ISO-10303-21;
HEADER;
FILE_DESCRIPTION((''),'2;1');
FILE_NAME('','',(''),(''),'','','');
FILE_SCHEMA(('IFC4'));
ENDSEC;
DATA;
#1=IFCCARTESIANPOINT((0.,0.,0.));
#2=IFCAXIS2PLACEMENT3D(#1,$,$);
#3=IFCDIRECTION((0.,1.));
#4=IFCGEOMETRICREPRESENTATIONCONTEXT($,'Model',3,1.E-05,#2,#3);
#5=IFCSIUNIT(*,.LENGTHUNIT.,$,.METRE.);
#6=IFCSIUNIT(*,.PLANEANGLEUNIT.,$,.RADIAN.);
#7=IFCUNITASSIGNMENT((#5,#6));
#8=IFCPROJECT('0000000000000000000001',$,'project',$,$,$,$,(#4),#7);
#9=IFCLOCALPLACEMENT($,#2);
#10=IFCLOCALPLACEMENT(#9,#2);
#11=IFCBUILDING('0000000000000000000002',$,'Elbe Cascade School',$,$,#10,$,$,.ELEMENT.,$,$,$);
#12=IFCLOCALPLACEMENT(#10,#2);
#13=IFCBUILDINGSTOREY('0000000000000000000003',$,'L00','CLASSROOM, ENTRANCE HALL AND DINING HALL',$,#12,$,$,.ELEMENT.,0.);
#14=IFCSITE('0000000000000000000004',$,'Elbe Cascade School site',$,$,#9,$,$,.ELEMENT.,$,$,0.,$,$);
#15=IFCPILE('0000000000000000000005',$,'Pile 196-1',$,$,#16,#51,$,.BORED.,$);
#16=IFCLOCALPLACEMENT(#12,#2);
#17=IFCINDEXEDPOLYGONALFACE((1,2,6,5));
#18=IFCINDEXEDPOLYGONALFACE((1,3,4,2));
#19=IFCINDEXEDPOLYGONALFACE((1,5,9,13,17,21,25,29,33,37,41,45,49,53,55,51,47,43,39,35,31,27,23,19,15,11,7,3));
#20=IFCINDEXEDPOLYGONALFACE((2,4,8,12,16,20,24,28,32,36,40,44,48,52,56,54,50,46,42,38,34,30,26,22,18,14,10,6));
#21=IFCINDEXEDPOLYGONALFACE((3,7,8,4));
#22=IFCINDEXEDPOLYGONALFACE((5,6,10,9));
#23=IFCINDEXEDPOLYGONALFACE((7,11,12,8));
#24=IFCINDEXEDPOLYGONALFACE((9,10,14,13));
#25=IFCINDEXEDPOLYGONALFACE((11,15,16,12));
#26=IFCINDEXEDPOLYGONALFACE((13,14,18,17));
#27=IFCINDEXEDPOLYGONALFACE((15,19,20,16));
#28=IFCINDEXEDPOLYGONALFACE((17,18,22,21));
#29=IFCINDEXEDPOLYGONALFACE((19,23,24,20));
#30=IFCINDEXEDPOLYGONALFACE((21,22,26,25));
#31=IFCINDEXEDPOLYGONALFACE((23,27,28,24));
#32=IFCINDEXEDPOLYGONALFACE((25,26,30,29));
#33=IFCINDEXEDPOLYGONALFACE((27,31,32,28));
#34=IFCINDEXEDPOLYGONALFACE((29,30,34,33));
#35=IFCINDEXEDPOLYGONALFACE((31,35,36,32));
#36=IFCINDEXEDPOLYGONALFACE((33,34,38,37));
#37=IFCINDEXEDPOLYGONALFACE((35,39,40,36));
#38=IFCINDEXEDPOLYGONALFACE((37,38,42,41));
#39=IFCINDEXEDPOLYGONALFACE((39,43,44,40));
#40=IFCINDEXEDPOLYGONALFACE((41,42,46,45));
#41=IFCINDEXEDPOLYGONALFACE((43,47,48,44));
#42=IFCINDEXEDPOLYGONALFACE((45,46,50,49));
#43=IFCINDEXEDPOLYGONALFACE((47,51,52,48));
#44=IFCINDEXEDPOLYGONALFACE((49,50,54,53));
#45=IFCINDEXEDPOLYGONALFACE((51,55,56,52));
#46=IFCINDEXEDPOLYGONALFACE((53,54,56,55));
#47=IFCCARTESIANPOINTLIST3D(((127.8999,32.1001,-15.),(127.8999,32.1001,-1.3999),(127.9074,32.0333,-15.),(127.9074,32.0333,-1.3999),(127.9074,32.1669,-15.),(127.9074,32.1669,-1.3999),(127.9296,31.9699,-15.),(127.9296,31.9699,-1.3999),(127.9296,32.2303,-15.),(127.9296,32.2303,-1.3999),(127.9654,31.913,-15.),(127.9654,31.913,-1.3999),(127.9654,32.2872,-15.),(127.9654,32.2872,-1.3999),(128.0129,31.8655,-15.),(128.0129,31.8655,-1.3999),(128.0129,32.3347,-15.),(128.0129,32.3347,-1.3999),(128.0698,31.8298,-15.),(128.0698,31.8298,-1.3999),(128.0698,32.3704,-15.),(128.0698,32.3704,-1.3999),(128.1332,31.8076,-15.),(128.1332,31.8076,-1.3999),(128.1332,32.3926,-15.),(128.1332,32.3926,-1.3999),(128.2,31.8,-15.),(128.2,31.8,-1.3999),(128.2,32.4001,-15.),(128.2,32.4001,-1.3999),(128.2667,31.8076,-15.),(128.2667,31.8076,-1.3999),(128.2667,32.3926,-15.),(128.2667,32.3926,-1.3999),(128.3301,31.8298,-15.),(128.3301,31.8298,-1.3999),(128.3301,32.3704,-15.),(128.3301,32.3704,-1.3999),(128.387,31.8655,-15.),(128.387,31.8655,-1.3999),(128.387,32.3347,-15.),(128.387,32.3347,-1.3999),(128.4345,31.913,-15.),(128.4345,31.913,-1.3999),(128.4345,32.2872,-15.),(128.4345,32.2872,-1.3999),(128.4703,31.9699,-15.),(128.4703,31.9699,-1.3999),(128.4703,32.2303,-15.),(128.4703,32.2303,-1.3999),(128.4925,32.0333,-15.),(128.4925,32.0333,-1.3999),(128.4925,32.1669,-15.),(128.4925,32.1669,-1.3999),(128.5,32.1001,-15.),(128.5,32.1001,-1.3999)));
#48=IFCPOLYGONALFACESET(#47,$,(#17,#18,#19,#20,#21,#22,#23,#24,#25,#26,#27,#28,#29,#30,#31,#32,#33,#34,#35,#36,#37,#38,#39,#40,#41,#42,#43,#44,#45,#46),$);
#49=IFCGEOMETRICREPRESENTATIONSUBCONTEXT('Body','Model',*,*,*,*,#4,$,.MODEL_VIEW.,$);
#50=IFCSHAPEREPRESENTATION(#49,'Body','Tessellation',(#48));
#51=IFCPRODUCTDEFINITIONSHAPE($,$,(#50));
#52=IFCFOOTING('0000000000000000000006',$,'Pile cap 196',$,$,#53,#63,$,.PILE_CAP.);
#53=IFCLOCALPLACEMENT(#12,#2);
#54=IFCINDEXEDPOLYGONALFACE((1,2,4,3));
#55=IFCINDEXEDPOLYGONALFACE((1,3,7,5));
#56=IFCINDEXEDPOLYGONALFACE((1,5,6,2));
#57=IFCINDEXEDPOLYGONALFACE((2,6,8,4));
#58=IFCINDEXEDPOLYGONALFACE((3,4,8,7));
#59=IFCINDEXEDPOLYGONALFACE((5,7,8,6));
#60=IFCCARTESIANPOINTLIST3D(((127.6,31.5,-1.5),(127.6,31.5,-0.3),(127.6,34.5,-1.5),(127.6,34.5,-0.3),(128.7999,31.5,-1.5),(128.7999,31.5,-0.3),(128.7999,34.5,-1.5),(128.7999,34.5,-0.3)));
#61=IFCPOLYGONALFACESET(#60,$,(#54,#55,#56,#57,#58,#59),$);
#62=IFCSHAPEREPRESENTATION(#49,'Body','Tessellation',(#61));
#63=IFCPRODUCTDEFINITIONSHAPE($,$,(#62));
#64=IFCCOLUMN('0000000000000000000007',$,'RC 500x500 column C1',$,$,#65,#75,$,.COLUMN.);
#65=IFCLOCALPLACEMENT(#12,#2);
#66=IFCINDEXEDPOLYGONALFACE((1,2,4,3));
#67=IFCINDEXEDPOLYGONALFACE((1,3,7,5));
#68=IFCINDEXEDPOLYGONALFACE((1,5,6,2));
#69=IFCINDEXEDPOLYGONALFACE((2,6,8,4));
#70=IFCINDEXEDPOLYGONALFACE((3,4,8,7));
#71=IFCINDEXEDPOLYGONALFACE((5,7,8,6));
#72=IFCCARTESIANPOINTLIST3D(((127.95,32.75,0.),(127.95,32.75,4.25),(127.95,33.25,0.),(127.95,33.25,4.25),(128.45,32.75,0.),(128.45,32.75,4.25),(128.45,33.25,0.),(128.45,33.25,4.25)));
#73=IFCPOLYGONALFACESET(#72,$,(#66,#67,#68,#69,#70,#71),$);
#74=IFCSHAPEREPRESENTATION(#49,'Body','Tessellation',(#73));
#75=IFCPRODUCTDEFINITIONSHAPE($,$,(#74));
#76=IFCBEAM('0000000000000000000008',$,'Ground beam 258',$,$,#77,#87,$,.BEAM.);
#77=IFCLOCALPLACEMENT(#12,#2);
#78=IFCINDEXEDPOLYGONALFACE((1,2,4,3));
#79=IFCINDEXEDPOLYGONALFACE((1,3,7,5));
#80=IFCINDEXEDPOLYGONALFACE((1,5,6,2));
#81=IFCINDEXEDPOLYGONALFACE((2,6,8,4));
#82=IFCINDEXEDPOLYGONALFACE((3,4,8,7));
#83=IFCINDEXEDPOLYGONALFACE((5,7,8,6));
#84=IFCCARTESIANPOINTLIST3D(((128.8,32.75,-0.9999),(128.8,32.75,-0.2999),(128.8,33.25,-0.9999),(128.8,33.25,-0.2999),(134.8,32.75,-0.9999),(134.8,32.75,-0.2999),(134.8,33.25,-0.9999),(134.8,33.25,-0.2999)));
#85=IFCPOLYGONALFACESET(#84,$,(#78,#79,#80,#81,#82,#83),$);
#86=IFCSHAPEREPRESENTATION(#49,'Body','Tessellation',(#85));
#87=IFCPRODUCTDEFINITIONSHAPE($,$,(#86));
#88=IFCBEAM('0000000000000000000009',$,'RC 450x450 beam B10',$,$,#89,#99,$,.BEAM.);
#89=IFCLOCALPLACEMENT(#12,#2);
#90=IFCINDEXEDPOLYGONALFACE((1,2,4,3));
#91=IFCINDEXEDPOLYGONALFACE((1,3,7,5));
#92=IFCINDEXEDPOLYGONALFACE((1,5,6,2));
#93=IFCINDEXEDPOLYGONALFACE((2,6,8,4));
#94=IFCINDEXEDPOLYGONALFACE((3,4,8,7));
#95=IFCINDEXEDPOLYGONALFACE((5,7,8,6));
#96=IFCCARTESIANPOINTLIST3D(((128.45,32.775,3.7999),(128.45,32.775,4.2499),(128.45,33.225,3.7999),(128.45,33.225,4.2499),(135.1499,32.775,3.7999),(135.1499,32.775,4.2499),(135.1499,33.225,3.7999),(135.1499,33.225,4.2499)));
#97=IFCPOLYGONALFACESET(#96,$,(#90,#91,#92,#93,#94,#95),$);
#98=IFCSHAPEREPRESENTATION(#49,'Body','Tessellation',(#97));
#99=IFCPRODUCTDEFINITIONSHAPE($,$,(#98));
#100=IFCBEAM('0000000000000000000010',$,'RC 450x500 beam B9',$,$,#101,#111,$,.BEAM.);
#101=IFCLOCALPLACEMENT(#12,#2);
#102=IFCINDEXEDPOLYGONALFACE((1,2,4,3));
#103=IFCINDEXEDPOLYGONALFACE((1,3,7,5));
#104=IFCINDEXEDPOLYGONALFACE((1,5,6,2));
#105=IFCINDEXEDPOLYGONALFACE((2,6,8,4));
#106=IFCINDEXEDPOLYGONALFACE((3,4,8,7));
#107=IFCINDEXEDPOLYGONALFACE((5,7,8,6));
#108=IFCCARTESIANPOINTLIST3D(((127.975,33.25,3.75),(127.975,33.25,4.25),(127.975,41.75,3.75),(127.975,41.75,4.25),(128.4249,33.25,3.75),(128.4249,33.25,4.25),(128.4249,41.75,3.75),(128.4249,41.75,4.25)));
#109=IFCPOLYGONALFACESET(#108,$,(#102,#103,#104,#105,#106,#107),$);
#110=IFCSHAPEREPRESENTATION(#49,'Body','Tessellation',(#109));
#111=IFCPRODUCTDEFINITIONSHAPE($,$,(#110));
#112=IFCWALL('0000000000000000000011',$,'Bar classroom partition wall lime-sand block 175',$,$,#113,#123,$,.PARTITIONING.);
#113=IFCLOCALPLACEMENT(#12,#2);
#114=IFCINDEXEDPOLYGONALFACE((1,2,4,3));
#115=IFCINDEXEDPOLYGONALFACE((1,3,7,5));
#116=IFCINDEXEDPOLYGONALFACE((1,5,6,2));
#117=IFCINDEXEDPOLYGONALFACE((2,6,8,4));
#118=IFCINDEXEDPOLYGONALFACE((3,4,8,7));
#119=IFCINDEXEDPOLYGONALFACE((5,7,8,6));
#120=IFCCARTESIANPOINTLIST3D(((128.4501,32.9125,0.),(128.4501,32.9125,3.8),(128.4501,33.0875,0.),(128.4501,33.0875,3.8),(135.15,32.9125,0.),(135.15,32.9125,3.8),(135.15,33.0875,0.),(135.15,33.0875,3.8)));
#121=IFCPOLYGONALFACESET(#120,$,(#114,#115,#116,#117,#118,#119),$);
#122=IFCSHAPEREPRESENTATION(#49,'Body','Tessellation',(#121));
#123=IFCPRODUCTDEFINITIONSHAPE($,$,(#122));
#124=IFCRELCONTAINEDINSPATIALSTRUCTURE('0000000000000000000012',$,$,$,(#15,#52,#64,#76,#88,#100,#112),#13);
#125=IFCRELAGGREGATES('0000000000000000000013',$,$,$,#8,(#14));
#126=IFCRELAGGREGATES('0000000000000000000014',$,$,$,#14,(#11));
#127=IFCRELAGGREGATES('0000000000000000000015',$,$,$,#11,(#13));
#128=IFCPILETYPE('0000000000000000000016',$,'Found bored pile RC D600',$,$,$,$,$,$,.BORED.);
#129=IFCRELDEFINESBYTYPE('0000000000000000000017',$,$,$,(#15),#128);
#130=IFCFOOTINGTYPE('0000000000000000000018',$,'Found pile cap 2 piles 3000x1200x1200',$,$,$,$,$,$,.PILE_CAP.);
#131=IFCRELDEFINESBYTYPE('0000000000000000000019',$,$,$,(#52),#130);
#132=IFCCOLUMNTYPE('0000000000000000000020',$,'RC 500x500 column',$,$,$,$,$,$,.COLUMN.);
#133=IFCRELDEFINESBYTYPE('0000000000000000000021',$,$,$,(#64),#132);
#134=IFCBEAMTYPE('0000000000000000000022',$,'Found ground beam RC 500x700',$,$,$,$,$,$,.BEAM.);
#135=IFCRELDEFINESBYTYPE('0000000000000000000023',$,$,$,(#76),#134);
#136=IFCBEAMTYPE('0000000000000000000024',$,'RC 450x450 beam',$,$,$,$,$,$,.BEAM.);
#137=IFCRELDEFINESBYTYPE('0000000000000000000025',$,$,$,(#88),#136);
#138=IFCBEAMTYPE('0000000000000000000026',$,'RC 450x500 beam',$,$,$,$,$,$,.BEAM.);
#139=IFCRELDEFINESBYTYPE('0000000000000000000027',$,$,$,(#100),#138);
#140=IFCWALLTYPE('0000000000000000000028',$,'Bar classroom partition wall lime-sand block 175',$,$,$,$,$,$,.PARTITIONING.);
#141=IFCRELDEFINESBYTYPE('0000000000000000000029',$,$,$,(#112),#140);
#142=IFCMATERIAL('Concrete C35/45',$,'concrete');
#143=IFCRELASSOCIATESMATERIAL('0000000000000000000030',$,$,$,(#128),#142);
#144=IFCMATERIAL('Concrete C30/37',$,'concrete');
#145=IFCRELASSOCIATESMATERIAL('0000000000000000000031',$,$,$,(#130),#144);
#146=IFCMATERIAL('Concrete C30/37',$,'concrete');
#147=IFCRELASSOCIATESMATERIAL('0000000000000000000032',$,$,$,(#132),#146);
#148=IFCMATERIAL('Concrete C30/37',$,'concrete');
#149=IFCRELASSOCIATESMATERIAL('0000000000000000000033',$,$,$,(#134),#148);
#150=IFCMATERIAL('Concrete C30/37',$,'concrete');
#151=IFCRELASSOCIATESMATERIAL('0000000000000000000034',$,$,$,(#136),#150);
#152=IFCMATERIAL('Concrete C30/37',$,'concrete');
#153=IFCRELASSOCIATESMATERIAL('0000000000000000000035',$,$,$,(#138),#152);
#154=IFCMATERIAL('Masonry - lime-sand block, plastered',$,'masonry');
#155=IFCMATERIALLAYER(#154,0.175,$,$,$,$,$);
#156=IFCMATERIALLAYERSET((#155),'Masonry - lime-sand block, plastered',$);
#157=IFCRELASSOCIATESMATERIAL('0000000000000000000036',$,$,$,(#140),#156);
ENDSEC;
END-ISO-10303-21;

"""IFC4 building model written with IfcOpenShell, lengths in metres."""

from ifc_helpers import new_model, si_unit, direction, frame, frame_2d, origin, origin_2d, place, context, subcontext, project, spatial, rectangle, circle, extrude, material, layer, layer_set, material_profile, profile_set, type_object, element, save


model = new_model("IFC4")

# Units and contexts
model_context = context("Model", 3, precision=1e-05, world=origin(), true_north=direction((0.0, 1.0)))
body_context = subcontext(model_context, "Body", "Model", "MODEL_VIEW")
ifc_project = project(units=[si_unit("LENGTHUNIT", "METRE"), si_unit("PLANEANGLEUNIT", "RADIAN")], contexts=[model_context])

# Site, building, storey
site_placement = place(None, origin())
site = spatial("IfcSite", under=ifc_project, at=site_placement, Name="Elbe Cascade School site", CompositionType="ELEMENT", RefElevation=0.0)
building_placement = place(site_placement, origin())
building = spatial("IfcBuilding", under=site, at=building_placement, Name="Elbe Cascade School", CompositionType="ELEMENT")
storey_placement = place(building_placement, origin())
storey = spatial("IfcBuildingStorey", under=building, at=storey_placement, Name="L00", Description="CLASSROOM, ENTRANCE HALL AND DINING HALL", CompositionType="ELEMENT", Elevation=0.0)

# Pile
ifc_material_1 = material(Name="Concrete C35/45", Category="concrete")
ifc_material_profile_1 = material_profile(ifc_material_1, circle(Radius=0.3, at=origin_2d()), Name="RC D600")
ifc_profile_set_1 = profile_set([ifc_material_profile_1], Name="Concrete C35/45")
pile_type = type_object("IfcPileType", Name="Found bored pile RC D600", PredefinedType="BORED", material=ifc_profile_set_1)
pile_placement = place(storey_placement, frame((128.2, 32.1001, -1.3999), z_axis=(0.0, 0.0, -1.0), x_axis=(1.0, 0.0, 0.0)))
element("IfcPile", 1, at=pile_placement, inside=storey, type_object=pile_type, Name="Pile 196-1", PredefinedType="BORED", context=body_context, shape_type="SweptSolid", body=[
    extrude(circle(Radius=0.3, at=origin_2d()), origin(), (0.0, 0.0, 1.0), 13.6001),
])

# Footing
ifc_material_2 = material(Name="Concrete C30/37", Category="concrete")
footing_type = type_object("IfcFootingType", Name="Found pile cap 2 piles 3000x1200x1200", PredefinedType="PILE_CAP", material=ifc_material_2)
footing_placement = place(storey_placement, frame((128.2, 33.0, -1.5), z_axis=(0.0, 0.0, 1.0), x_axis=(1.0, 0.0, 0.0)))
element("IfcFooting", 2, at=footing_placement, inside=storey, type_object=footing_type, Name="Pile cap 196", PredefinedType="PILE_CAP", context=body_context, shape_type="SweptSolid", body=[
    extrude(rectangle(XDim=1.2, YDim=3.0, at=origin_2d()), origin(), (0.0, 0.0, 1.0), 1.2),
])

# Column
ifc_material_3 = material(Name="Concrete C30/37", Category="concrete")
ifc_material_profile_2 = material_profile(ifc_material_3, rectangle(XDim=0.5, YDim=0.5, at=origin_2d()), Name="RC 500x500")
ifc_profile_set_2 = profile_set([ifc_material_profile_2], Name="Concrete C30/37")
column_type = type_object("IfcColumnType", Name="RC 500x500 column", PredefinedType="COLUMN", material=ifc_profile_set_2)
column_placement = place(storey_placement, frame((128.2, 33.0, 0.0), z_axis=(0.0, 0.0, 1.0), x_axis=(1.0, 0.0, 0.0)))
element("IfcColumn", 3, at=column_placement, inside=storey, type_object=column_type, Name="RC 500x500 column C1", PredefinedType="COLUMN", context=body_context, shape_type="SweptSolid", body=[
    extrude(rectangle(XDim=0.5, YDim=0.5, at=origin_2d()), origin(), (0.0, 0.0, 1.0), 4.25),
])

# Beams
ifc_material_4 = material(Name="Concrete C30/37", Category="concrete")
ifc_material_profile_3 = material_profile(ifc_material_4, rectangle(XDim=0.5, YDim=0.7, at=origin_2d()), Name="RC 500x700")
ifc_profile_set_3 = profile_set([ifc_material_profile_3], Name="Concrete C30/37")
beam_type_1 = type_object("IfcBeamType", Name="Found ground beam RC 500x700", PredefinedType="BEAM", material=ifc_profile_set_3)
beam_1_placement = place(storey_placement, frame((128.8, 33.0, -0.6499), z_axis=(1.0, 0.0, 0.0), x_axis=(0.0, 1.0, 0.0)))
element("IfcBeam", 4, at=beam_1_placement, inside=storey, type_object=beam_type_1, Name="Ground beam 258", PredefinedType="BEAM", context=body_context, shape_type="SweptSolid", body=[
    extrude(rectangle(XDim=0.5, YDim=0.7, at=origin_2d()), origin(), (0.0, 0.0, 1.0), 6.0),
])
ifc_material_5 = material(Name="Concrete C30/37", Category="concrete")
ifc_material_profile_4 = material_profile(ifc_material_5, rectangle(XDim=0.45, YDim=0.45, at=origin_2d()), Name="RC 450x450")
ifc_profile_set_4 = profile_set([ifc_material_profile_4], Name="Concrete C30/37")
beam_type_2 = type_object("IfcBeamType", Name="RC 450x450 beam", PredefinedType="BEAM", material=ifc_profile_set_4)
beam_2_placement = place(storey_placement, frame((128.45, 33.0, 4.0249), z_axis=(1.0, 0.0, 0.0), x_axis=(0.0, 1.0, 0.0)))
element("IfcBeam", 5, at=beam_2_placement, inside=storey, type_object=beam_type_2, Name="RC 450x450 beam B10", PredefinedType="BEAM", context=body_context, shape_type="SweptSolid", body=[
    extrude(rectangle(XDim=0.45, YDim=0.45, at=origin_2d()), origin(), (0.0, 0.0, 1.0), 6.7),
])
ifc_material_6 = material(Name="Concrete C30/37", Category="concrete")
ifc_material_profile_5 = material_profile(ifc_material_6, rectangle(XDim=0.45, YDim=0.5, at=origin_2d()), Name="RC 450x500")
ifc_profile_set_5 = profile_set([ifc_material_profile_5], Name="Concrete C30/37")
beam_type_3 = type_object("IfcBeamType", Name="RC 450x500 beam", PredefinedType="BEAM", material=ifc_profile_set_5)
beam_3_placement = place(storey_placement, frame((128.2, 33.25, 4.0), z_axis=(0.0, 1.0, 0.0), x_axis=(-1.0, 0.0, 0.0)))
element("IfcBeam", 6, at=beam_3_placement, inside=storey, type_object=beam_type_3, Name="RC 450x500 beam B9", PredefinedType="BEAM", context=body_context, shape_type="SweptSolid", body=[
    extrude(rectangle(XDim=0.45, YDim=0.5, at=origin_2d()), origin(), (0.0, 0.0, 1.0), 8.5),
])

# Wall
ifc_material_7 = material(Name="Masonry - lime-sand block, plastered", Category="masonry")
ifc_layer_1 = layer(ifc_material_7, 0.175)
ifc_layer_set_1 = layer_set([ifc_layer_1], Name="Masonry - lime-sand block, plastered")
wall_type_1 = type_object("IfcWallType", Name="Bar classroom partition wall lime-sand block 175", PredefinedType="PARTITIONING", material=ifc_layer_set_1)
wall_1_placement = place(storey_placement, frame((128.45, 33.0, 0.0), z_axis=(0.0, 0.0, 1.0), x_axis=(1.0, 0.0, 0.0)))
element("IfcWall", 7, at=wall_1_placement, inside=storey, type_object=wall_type_1, Name="Bar classroom partition wall lime-sand block 175", PredefinedType="PARTITIONING", context=body_context, shape_type="SweptSolid", body=[
    extrude(rectangle(XDim=6.7, YDim=0.175, at=frame_2d((3.3501, 0.0))), origin(), (0.0, 0.0, 1.0), 3.8),
])

save(model, "model.ifc")
